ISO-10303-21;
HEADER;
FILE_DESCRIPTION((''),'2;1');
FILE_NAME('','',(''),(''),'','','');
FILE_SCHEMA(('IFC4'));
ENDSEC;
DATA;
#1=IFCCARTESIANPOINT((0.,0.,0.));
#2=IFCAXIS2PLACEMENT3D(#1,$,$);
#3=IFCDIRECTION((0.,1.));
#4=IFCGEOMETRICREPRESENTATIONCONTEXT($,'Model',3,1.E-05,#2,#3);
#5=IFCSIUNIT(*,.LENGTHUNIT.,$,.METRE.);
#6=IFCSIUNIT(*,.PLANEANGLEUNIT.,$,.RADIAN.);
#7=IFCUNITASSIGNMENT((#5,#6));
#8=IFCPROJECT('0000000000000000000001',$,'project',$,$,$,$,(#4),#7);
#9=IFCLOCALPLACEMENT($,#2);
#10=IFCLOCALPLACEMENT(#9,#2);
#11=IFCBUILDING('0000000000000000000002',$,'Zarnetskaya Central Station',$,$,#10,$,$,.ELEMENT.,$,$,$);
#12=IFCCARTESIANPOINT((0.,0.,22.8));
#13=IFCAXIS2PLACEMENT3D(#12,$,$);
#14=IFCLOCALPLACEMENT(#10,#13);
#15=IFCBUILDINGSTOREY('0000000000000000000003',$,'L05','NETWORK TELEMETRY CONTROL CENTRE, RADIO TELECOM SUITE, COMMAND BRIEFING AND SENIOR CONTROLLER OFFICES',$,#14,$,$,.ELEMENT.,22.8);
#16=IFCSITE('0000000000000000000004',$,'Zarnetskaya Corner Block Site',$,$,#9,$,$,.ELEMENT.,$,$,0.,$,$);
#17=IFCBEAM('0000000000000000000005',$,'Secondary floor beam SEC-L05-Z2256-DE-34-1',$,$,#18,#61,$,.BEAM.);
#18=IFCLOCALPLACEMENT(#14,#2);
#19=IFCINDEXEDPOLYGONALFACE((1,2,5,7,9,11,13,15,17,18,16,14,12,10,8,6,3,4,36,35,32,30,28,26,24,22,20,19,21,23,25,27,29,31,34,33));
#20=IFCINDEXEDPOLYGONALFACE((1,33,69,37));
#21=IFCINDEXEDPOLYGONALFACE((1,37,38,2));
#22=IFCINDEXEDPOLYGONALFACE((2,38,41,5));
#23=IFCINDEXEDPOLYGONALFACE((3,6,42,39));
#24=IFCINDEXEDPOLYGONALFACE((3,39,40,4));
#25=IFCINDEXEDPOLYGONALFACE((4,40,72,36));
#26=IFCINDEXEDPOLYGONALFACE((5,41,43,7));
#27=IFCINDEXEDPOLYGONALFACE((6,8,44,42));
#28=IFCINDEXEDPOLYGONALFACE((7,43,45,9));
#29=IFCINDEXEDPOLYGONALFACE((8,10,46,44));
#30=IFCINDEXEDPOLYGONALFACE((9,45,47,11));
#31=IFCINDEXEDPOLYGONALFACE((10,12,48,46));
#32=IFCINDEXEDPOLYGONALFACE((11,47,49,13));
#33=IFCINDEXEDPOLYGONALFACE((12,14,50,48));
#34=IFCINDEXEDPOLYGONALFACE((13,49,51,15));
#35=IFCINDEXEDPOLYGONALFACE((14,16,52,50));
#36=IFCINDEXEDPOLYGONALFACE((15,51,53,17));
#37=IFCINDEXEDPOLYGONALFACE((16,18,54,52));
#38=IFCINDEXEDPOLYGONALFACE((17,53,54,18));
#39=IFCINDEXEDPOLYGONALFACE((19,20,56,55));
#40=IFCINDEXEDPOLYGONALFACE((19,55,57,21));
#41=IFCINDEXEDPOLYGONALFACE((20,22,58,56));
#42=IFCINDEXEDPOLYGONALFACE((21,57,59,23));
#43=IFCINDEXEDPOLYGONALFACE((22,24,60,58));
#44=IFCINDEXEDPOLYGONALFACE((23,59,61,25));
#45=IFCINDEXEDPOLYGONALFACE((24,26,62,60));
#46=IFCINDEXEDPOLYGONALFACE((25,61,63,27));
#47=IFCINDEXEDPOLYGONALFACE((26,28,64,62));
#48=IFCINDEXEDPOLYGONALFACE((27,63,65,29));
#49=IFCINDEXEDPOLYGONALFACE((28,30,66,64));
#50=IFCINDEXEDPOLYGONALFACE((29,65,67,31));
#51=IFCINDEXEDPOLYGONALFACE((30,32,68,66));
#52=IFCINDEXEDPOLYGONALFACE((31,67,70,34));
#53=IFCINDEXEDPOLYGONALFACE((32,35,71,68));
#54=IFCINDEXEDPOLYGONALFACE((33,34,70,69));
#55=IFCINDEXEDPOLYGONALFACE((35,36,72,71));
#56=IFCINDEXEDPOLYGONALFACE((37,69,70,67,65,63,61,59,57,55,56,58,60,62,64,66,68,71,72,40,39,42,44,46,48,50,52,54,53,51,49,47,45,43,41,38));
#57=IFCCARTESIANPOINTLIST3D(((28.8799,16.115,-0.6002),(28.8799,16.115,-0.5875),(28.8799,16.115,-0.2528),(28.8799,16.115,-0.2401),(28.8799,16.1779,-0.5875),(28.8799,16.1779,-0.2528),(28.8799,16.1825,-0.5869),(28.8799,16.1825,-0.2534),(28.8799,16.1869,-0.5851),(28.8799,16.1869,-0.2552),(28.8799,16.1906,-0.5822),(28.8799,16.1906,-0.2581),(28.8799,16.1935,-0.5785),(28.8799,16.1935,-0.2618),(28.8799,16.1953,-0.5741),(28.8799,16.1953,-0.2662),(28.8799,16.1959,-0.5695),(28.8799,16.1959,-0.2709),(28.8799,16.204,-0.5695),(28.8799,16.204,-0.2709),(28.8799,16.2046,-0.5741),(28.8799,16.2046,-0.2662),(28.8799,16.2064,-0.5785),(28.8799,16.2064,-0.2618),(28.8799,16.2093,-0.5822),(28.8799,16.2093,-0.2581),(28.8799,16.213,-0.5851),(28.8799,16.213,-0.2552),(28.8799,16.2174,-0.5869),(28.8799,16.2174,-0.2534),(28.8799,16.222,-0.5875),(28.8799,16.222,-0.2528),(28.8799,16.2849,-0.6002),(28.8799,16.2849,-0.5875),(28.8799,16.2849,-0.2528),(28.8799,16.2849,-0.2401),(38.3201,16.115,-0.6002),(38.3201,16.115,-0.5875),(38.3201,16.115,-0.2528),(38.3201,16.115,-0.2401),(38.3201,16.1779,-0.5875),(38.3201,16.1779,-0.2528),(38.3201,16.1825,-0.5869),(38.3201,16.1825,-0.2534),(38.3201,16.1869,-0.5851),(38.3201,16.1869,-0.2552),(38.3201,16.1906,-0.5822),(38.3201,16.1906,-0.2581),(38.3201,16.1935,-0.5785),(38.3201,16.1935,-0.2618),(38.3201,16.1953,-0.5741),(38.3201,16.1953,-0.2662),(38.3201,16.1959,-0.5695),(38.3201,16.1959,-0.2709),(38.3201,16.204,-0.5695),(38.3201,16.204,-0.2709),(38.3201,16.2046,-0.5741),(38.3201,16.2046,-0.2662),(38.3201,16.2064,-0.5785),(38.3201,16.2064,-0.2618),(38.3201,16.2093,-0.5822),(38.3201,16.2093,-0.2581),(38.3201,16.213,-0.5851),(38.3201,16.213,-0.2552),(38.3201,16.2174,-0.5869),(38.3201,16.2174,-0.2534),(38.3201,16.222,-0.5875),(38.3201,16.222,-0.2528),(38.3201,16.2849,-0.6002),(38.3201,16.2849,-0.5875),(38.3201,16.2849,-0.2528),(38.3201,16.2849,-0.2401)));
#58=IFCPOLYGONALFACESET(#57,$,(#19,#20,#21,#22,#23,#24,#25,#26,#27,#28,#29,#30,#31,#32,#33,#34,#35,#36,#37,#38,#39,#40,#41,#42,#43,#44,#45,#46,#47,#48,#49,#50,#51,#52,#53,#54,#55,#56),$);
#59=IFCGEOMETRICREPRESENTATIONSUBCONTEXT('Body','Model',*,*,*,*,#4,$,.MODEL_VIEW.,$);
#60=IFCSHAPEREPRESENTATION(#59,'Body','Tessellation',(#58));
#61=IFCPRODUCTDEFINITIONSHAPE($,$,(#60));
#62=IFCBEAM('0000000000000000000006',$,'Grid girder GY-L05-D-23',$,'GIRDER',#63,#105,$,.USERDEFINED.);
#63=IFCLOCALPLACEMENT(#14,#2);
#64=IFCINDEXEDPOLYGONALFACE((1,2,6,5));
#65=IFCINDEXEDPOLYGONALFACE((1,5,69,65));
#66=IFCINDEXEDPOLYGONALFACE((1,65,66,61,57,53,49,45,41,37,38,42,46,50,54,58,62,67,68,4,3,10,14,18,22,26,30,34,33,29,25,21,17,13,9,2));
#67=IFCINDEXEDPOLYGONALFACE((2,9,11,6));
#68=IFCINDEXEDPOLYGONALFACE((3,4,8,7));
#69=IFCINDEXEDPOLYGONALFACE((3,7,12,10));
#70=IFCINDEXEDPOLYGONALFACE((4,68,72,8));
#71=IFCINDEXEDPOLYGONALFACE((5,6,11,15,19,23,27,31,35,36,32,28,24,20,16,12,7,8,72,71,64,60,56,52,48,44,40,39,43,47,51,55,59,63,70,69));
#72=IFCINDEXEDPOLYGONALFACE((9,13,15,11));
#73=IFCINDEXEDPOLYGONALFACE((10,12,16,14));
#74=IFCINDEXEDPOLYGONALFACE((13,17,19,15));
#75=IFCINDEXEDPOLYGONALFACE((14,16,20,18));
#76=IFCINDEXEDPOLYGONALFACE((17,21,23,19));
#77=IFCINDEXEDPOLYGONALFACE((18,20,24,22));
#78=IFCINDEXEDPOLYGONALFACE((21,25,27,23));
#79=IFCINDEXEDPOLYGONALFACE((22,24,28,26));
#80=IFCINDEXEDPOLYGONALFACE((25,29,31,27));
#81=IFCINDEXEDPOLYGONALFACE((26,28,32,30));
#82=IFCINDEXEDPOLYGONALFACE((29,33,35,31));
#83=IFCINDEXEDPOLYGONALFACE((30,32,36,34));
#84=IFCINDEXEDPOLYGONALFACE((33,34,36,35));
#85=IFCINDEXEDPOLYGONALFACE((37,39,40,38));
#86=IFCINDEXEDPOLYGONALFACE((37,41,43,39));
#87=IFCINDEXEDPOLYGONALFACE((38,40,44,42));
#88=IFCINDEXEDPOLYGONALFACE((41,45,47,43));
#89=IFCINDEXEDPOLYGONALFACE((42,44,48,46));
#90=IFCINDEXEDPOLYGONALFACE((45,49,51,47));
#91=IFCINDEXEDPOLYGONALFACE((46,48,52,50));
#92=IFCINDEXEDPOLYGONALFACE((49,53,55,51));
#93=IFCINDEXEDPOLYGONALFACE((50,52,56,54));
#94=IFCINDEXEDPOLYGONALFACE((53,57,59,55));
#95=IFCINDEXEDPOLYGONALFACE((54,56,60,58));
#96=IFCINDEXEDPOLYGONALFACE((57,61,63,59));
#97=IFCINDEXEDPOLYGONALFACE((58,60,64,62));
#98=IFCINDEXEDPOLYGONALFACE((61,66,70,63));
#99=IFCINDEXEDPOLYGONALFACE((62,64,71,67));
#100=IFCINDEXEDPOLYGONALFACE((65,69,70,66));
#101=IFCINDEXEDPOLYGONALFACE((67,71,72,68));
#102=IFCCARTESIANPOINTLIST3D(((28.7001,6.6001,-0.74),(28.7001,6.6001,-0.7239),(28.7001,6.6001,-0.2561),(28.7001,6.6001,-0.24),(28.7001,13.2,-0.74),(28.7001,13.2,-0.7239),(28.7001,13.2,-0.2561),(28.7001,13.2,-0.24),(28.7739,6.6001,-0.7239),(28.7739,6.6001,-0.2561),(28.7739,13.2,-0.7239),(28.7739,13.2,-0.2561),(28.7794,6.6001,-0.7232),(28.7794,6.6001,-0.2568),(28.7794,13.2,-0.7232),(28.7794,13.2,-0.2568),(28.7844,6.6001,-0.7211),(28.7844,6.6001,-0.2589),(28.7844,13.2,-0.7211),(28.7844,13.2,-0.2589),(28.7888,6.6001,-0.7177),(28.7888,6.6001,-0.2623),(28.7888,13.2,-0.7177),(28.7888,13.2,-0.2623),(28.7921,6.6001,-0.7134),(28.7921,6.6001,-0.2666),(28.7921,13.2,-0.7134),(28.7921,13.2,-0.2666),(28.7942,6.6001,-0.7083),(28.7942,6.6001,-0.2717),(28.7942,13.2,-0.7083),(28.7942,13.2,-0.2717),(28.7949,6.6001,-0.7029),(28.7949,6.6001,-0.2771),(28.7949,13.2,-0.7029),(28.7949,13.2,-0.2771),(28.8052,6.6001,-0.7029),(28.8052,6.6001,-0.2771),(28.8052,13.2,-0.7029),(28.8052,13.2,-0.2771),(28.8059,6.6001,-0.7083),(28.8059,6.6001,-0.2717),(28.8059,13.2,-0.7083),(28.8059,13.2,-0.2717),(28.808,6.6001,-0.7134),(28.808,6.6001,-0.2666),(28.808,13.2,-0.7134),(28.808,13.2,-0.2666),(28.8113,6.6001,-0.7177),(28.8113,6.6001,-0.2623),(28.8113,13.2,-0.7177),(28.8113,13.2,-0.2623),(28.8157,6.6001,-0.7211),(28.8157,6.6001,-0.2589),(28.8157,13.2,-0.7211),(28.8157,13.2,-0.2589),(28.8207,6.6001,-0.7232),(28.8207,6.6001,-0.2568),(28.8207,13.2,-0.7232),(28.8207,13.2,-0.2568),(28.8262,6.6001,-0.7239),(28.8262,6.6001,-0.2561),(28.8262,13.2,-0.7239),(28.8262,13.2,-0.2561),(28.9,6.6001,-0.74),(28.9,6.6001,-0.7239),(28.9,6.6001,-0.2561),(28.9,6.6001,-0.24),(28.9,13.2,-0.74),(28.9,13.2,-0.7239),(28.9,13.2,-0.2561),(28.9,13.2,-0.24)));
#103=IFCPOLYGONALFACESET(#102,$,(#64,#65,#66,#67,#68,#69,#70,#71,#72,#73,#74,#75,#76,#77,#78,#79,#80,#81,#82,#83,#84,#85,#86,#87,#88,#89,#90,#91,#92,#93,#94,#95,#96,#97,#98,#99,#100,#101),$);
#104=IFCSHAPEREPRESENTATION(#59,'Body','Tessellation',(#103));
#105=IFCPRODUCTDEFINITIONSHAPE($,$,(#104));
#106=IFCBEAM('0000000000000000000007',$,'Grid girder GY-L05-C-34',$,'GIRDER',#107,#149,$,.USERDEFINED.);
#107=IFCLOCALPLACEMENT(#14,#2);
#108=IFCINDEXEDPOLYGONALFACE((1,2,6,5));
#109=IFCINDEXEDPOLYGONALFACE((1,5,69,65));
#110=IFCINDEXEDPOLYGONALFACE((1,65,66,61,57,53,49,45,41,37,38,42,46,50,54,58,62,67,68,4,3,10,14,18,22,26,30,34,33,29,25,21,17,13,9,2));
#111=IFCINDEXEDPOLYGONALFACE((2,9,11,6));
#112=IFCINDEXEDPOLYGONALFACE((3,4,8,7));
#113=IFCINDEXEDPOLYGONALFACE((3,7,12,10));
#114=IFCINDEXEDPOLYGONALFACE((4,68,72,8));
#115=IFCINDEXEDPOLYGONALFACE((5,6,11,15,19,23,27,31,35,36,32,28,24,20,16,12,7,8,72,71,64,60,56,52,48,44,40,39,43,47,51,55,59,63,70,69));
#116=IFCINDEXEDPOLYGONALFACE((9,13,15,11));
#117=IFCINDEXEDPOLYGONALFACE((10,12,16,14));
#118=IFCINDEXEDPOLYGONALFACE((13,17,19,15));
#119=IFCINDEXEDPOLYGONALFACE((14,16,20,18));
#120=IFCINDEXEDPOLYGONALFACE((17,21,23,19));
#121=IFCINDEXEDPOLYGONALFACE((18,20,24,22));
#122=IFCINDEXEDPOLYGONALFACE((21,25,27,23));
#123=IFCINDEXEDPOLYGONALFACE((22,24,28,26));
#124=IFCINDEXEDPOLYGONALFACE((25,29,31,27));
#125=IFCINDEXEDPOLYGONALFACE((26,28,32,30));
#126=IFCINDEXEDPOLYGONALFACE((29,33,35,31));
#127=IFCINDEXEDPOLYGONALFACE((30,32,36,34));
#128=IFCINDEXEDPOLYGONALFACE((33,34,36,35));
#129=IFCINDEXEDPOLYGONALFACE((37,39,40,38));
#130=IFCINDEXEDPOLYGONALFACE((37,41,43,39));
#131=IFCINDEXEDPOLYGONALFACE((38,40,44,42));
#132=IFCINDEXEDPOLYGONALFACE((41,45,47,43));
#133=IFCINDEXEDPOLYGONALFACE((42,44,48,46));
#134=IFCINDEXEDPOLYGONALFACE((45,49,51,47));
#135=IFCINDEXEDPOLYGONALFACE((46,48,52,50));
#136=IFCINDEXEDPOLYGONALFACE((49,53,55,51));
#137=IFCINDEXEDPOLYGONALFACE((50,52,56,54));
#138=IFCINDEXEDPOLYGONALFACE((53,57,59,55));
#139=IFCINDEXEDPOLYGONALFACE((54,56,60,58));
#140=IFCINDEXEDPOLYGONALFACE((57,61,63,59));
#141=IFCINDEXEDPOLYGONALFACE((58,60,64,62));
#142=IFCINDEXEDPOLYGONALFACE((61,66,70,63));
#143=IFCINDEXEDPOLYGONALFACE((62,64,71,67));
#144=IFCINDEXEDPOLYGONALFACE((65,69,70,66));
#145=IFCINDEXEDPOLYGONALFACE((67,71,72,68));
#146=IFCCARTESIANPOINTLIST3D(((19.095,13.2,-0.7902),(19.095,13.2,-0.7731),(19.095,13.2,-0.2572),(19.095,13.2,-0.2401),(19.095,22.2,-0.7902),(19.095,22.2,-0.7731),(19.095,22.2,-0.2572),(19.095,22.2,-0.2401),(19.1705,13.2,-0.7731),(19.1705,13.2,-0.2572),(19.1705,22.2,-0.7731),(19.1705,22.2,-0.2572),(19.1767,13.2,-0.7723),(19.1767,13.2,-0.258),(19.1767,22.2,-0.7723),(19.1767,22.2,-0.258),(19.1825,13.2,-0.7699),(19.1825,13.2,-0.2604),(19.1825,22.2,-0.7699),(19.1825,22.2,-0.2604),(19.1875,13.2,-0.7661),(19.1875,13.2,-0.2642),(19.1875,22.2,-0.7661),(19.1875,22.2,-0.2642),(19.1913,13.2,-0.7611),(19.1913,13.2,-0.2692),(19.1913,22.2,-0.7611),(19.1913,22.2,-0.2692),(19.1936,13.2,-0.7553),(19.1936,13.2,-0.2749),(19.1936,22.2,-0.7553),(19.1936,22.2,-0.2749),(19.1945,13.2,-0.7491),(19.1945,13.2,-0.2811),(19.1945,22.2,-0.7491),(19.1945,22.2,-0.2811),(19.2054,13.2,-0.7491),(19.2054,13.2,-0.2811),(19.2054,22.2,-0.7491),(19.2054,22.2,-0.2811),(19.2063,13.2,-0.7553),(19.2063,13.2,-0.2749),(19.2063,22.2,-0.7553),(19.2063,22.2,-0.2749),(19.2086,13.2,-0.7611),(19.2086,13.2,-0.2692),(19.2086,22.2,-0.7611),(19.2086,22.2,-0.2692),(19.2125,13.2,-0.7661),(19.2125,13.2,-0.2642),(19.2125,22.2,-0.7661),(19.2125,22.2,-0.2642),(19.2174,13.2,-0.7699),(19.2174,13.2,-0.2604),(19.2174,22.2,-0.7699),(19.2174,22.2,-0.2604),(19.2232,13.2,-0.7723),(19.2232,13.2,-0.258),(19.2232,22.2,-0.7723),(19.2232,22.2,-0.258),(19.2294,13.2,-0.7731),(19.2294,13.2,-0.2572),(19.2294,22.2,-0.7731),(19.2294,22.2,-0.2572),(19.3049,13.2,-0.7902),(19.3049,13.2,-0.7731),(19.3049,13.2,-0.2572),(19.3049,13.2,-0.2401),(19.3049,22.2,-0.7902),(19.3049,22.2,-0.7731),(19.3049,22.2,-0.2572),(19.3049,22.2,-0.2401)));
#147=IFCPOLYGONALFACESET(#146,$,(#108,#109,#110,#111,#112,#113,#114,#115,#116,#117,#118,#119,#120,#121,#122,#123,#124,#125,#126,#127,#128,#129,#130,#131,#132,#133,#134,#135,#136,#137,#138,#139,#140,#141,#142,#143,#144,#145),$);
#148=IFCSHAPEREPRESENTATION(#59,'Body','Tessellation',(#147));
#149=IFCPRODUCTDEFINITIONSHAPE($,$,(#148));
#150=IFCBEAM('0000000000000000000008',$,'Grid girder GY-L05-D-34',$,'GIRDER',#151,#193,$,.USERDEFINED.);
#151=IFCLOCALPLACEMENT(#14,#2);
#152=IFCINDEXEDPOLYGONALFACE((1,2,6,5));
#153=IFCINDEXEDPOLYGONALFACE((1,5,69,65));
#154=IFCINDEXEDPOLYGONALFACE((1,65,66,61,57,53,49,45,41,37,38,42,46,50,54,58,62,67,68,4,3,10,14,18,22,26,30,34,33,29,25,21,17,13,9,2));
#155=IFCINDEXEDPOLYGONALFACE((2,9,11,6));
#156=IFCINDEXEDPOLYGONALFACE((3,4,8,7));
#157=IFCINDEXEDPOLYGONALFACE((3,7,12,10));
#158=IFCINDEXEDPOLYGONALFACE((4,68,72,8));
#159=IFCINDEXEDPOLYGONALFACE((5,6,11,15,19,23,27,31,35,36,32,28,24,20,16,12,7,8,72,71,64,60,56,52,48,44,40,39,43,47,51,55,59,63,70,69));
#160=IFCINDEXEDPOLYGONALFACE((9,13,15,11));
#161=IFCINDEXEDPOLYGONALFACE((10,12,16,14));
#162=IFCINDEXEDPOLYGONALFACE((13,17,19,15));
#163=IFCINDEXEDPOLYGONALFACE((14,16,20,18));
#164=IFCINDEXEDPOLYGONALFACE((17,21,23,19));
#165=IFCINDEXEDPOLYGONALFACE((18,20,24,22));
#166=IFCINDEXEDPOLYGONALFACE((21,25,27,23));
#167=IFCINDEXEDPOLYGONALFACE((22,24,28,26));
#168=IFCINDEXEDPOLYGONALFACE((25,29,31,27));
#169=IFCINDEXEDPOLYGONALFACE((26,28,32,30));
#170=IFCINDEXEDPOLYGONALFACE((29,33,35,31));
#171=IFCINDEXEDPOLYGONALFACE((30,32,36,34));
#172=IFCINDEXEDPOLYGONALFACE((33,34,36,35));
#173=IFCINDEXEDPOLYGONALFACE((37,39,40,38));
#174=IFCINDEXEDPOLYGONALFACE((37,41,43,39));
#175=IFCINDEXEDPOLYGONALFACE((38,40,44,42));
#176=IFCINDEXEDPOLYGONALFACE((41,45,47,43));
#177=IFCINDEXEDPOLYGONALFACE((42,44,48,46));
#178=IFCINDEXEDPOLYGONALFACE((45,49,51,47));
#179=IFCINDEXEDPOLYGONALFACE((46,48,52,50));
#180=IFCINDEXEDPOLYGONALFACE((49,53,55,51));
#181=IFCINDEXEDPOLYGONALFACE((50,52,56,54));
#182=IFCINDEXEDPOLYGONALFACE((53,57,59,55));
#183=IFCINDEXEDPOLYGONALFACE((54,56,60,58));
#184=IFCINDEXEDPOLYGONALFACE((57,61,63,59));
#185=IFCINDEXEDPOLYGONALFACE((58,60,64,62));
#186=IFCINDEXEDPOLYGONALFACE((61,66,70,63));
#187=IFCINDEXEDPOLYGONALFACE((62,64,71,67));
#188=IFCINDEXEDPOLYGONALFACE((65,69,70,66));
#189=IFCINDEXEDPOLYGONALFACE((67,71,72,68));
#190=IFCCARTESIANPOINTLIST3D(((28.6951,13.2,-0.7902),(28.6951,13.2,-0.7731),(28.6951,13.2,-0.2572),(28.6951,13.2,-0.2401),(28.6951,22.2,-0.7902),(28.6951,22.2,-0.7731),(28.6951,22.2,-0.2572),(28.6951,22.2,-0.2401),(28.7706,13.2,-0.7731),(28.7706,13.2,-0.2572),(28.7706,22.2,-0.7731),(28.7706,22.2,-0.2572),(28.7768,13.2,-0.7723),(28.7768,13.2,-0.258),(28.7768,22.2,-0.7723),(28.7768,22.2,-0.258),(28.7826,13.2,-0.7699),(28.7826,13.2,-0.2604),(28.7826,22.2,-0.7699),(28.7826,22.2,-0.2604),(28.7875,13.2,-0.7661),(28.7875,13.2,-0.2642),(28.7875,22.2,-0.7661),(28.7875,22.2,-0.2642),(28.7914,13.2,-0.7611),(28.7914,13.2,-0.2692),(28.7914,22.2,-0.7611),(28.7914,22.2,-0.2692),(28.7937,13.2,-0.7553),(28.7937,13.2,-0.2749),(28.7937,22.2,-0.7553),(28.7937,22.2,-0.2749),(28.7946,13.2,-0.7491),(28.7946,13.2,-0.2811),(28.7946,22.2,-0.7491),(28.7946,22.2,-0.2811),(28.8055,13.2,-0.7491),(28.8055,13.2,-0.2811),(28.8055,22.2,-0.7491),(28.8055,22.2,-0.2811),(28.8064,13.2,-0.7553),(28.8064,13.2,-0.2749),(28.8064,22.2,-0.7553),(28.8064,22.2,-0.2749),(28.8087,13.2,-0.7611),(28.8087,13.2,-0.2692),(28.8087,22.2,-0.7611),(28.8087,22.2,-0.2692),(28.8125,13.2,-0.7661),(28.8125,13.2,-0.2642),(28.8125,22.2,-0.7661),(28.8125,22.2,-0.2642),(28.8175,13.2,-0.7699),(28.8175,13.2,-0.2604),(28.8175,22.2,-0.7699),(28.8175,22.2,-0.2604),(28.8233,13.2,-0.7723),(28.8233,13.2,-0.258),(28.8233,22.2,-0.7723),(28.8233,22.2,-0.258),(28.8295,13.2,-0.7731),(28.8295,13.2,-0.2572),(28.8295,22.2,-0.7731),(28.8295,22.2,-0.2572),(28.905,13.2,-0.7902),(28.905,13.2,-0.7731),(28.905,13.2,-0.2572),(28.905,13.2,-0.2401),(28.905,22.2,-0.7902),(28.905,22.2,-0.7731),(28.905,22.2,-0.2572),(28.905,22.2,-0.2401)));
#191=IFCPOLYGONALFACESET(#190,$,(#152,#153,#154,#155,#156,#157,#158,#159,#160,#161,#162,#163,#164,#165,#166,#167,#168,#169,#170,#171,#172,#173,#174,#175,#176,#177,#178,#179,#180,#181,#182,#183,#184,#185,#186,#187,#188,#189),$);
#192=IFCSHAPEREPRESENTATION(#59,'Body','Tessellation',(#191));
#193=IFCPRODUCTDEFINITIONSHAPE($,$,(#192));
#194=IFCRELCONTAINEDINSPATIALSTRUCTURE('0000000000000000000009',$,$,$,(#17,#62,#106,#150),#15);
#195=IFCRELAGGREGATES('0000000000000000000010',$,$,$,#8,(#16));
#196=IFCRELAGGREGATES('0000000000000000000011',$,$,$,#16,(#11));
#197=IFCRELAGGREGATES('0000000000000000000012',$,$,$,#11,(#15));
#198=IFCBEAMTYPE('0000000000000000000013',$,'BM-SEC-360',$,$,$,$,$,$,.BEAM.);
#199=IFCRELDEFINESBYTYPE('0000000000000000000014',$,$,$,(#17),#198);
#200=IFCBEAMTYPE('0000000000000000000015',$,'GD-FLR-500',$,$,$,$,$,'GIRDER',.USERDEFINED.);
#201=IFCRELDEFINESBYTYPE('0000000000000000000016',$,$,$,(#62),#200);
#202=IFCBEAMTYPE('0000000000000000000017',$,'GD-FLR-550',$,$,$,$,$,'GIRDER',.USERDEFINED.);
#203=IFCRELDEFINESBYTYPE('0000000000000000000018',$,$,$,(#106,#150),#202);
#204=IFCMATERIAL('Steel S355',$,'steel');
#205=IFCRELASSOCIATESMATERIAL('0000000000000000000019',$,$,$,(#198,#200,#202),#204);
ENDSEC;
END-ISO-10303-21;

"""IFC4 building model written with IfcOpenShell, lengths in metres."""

from ifc_helpers import new_model, si_unit, direction, frame, origin, origin_2d, place, context, subcontext, project, spatial, i_section, extrude, material, material_profile, profile_set, type_object, element, save


model = new_model("IFC4")

# Units and contexts
model_context = context("Model", 3, precision=1e-05, world=origin(), true_north=direction((0.0, 1.0)))
body_context = subcontext(model_context, "Body", "Model", "MODEL_VIEW")
ifc_project = project(units=[si_unit("LENGTHUNIT", "METRE"), si_unit("PLANEANGLEUNIT", "RADIAN")], contexts=[model_context])

# Site, building, storey
site_placement = place(None, origin())
site = spatial("IfcSite", under=ifc_project, at=site_placement, Name="Zarnetskaya Corner Block Site", CompositionType="ELEMENT", RefElevation=0.0)
building_placement = place(site_placement, origin())
building = spatial("IfcBuilding", under=site, at=building_placement, Name="Zarnetskaya Central Station", CompositionType="ELEMENT")
storey_placement = place(building_placement, frame((0.0, 0.0, 22.8)))
storey = spatial("IfcBuildingStorey", under=building, at=storey_placement, Name="L05", Description="NETWORK TELEMETRY CONTROL CENTRE, RADIO TELECOM SUITE, COMMAND BRIEFING AND SENIOR CONTROLLER OFFICES", CompositionType="ELEMENT", Elevation=22.8)

# Shared definitions
ifc_material_1 = material(Name="Steel S355", Category="steel")

# Beams
ifc_material_profile_1 = material_profile(ifc_material_1, i_section(OverallWidth=0.1699, OverallDepth=0.3601, WebThickness=0.0081, FlangeThickness=0.0127, FilletRadius=0.0181, at=origin_2d()), Name="IPE 360")
ifc_profile_set_1 = profile_set([ifc_material_profile_1], Name="Steel S355")
beam_type_1 = type_object("IfcBeamType", Name="BM-SEC-360", PredefinedType="BEAM", material=ifc_profile_set_1)
for number, where, z_axis, x_axis, name in (
    (1, (28.8799, 16.2, -0.4202), (1.0, 0.0, 0.0), (0.0, 1.0, 0.0), "Secondary floor beam SEC-L05-Z2256-DE-34-1"),
):
    element("IfcBeam", number, at=place(storey_placement, frame(where, z_axis=z_axis, x_axis=x_axis)), inside=storey, type_object=beam_type_1, Name=name, PredefinedType="BEAM", context=body_context, shape_type="SweptSolid", body=[
        extrude(i_section(OverallWidth=0.1699, OverallDepth=0.3601, WebThickness=0.0081, FlangeThickness=0.0127, FilletRadius=0.0181, at=origin_2d()), origin(), (0.0, 0.0, 1.0), 9.4402),
    ])
ifc_material_profile_2 = material_profile(ifc_material_1, i_section(OverallWidth=0.2, OverallDepth=0.5, WebThickness=0.0103, FlangeThickness=0.0161, FilletRadius=0.021, at=origin_2d()), Name="IPE 500")
ifc_profile_set_2 = profile_set([ifc_material_profile_2], Name="Steel S355")
beam_type_2 = type_object("IfcBeamType", Name="GD-FLR-500", ElementType="GIRDER", PredefinedType="USERDEFINED", material=ifc_profile_set_2)
beam_1_placement = place(storey_placement, frame((28.8, 6.6001, -0.49), z_axis=(0.0, 1.0, 0.0), x_axis=(-1.0, 0.0, 0.0)))
element("IfcBeam", 2, at=beam_1_placement, inside=storey, type_object=beam_type_2, Name="Grid girder GY-L05-D-23", ObjectType="GIRDER", PredefinedType="USERDEFINED", context=body_context, shape_type="SweptSolid", body=[
    extrude(i_section(OverallWidth=0.2, OverallDepth=0.5, WebThickness=0.0103, FlangeThickness=0.0161, FilletRadius=0.021, at=origin_2d()), origin(), (0.0, 0.0, 1.0), 6.5999),
])
ifc_material_profile_3 = material_profile(ifc_material_1, i_section(OverallWidth=0.21, OverallDepth=0.55, WebThickness=0.011, FlangeThickness=0.0171, FilletRadius=0.0239, at=origin_2d()), Name="IPE 550")
ifc_profile_set_3 = profile_set([ifc_material_profile_3], Name="Steel S355")
beam_type_3 = type_object("IfcBeamType", Name="GD-FLR-550", ElementType="GIRDER", PredefinedType="USERDEFINED", material=ifc_profile_set_3)
for number, where, z_axis, x_axis, name in (
    (3, (19.2, 13.2, -0.5151), (0.0, 1.0, 0.0), (-1.0, 0.0, 0.0), "Grid girder GY-L05-C-34"),
    (4, (28.8, 13.2, -0.5151), (0.0, 1.0, 0.0), (-1.0, 0.0, 0.0), "Grid girder GY-L05-D-34"),
):
    element("IfcBeam", number, at=place(storey_placement, frame(where, z_axis=z_axis, x_axis=x_axis)), inside=storey, type_object=beam_type_3, Name=name, ObjectType="GIRDER", PredefinedType="USERDEFINED", context=body_context, shape_type="SweptSolid", body=[
        extrude(i_section(OverallWidth=0.21, OverallDepth=0.55, WebThickness=0.011, FlangeThickness=0.0171, FilletRadius=0.0239, at=origin_2d()), origin(), (0.0, 0.0, 1.0), 9.0),
    ])

save(model, "model.ifc")
